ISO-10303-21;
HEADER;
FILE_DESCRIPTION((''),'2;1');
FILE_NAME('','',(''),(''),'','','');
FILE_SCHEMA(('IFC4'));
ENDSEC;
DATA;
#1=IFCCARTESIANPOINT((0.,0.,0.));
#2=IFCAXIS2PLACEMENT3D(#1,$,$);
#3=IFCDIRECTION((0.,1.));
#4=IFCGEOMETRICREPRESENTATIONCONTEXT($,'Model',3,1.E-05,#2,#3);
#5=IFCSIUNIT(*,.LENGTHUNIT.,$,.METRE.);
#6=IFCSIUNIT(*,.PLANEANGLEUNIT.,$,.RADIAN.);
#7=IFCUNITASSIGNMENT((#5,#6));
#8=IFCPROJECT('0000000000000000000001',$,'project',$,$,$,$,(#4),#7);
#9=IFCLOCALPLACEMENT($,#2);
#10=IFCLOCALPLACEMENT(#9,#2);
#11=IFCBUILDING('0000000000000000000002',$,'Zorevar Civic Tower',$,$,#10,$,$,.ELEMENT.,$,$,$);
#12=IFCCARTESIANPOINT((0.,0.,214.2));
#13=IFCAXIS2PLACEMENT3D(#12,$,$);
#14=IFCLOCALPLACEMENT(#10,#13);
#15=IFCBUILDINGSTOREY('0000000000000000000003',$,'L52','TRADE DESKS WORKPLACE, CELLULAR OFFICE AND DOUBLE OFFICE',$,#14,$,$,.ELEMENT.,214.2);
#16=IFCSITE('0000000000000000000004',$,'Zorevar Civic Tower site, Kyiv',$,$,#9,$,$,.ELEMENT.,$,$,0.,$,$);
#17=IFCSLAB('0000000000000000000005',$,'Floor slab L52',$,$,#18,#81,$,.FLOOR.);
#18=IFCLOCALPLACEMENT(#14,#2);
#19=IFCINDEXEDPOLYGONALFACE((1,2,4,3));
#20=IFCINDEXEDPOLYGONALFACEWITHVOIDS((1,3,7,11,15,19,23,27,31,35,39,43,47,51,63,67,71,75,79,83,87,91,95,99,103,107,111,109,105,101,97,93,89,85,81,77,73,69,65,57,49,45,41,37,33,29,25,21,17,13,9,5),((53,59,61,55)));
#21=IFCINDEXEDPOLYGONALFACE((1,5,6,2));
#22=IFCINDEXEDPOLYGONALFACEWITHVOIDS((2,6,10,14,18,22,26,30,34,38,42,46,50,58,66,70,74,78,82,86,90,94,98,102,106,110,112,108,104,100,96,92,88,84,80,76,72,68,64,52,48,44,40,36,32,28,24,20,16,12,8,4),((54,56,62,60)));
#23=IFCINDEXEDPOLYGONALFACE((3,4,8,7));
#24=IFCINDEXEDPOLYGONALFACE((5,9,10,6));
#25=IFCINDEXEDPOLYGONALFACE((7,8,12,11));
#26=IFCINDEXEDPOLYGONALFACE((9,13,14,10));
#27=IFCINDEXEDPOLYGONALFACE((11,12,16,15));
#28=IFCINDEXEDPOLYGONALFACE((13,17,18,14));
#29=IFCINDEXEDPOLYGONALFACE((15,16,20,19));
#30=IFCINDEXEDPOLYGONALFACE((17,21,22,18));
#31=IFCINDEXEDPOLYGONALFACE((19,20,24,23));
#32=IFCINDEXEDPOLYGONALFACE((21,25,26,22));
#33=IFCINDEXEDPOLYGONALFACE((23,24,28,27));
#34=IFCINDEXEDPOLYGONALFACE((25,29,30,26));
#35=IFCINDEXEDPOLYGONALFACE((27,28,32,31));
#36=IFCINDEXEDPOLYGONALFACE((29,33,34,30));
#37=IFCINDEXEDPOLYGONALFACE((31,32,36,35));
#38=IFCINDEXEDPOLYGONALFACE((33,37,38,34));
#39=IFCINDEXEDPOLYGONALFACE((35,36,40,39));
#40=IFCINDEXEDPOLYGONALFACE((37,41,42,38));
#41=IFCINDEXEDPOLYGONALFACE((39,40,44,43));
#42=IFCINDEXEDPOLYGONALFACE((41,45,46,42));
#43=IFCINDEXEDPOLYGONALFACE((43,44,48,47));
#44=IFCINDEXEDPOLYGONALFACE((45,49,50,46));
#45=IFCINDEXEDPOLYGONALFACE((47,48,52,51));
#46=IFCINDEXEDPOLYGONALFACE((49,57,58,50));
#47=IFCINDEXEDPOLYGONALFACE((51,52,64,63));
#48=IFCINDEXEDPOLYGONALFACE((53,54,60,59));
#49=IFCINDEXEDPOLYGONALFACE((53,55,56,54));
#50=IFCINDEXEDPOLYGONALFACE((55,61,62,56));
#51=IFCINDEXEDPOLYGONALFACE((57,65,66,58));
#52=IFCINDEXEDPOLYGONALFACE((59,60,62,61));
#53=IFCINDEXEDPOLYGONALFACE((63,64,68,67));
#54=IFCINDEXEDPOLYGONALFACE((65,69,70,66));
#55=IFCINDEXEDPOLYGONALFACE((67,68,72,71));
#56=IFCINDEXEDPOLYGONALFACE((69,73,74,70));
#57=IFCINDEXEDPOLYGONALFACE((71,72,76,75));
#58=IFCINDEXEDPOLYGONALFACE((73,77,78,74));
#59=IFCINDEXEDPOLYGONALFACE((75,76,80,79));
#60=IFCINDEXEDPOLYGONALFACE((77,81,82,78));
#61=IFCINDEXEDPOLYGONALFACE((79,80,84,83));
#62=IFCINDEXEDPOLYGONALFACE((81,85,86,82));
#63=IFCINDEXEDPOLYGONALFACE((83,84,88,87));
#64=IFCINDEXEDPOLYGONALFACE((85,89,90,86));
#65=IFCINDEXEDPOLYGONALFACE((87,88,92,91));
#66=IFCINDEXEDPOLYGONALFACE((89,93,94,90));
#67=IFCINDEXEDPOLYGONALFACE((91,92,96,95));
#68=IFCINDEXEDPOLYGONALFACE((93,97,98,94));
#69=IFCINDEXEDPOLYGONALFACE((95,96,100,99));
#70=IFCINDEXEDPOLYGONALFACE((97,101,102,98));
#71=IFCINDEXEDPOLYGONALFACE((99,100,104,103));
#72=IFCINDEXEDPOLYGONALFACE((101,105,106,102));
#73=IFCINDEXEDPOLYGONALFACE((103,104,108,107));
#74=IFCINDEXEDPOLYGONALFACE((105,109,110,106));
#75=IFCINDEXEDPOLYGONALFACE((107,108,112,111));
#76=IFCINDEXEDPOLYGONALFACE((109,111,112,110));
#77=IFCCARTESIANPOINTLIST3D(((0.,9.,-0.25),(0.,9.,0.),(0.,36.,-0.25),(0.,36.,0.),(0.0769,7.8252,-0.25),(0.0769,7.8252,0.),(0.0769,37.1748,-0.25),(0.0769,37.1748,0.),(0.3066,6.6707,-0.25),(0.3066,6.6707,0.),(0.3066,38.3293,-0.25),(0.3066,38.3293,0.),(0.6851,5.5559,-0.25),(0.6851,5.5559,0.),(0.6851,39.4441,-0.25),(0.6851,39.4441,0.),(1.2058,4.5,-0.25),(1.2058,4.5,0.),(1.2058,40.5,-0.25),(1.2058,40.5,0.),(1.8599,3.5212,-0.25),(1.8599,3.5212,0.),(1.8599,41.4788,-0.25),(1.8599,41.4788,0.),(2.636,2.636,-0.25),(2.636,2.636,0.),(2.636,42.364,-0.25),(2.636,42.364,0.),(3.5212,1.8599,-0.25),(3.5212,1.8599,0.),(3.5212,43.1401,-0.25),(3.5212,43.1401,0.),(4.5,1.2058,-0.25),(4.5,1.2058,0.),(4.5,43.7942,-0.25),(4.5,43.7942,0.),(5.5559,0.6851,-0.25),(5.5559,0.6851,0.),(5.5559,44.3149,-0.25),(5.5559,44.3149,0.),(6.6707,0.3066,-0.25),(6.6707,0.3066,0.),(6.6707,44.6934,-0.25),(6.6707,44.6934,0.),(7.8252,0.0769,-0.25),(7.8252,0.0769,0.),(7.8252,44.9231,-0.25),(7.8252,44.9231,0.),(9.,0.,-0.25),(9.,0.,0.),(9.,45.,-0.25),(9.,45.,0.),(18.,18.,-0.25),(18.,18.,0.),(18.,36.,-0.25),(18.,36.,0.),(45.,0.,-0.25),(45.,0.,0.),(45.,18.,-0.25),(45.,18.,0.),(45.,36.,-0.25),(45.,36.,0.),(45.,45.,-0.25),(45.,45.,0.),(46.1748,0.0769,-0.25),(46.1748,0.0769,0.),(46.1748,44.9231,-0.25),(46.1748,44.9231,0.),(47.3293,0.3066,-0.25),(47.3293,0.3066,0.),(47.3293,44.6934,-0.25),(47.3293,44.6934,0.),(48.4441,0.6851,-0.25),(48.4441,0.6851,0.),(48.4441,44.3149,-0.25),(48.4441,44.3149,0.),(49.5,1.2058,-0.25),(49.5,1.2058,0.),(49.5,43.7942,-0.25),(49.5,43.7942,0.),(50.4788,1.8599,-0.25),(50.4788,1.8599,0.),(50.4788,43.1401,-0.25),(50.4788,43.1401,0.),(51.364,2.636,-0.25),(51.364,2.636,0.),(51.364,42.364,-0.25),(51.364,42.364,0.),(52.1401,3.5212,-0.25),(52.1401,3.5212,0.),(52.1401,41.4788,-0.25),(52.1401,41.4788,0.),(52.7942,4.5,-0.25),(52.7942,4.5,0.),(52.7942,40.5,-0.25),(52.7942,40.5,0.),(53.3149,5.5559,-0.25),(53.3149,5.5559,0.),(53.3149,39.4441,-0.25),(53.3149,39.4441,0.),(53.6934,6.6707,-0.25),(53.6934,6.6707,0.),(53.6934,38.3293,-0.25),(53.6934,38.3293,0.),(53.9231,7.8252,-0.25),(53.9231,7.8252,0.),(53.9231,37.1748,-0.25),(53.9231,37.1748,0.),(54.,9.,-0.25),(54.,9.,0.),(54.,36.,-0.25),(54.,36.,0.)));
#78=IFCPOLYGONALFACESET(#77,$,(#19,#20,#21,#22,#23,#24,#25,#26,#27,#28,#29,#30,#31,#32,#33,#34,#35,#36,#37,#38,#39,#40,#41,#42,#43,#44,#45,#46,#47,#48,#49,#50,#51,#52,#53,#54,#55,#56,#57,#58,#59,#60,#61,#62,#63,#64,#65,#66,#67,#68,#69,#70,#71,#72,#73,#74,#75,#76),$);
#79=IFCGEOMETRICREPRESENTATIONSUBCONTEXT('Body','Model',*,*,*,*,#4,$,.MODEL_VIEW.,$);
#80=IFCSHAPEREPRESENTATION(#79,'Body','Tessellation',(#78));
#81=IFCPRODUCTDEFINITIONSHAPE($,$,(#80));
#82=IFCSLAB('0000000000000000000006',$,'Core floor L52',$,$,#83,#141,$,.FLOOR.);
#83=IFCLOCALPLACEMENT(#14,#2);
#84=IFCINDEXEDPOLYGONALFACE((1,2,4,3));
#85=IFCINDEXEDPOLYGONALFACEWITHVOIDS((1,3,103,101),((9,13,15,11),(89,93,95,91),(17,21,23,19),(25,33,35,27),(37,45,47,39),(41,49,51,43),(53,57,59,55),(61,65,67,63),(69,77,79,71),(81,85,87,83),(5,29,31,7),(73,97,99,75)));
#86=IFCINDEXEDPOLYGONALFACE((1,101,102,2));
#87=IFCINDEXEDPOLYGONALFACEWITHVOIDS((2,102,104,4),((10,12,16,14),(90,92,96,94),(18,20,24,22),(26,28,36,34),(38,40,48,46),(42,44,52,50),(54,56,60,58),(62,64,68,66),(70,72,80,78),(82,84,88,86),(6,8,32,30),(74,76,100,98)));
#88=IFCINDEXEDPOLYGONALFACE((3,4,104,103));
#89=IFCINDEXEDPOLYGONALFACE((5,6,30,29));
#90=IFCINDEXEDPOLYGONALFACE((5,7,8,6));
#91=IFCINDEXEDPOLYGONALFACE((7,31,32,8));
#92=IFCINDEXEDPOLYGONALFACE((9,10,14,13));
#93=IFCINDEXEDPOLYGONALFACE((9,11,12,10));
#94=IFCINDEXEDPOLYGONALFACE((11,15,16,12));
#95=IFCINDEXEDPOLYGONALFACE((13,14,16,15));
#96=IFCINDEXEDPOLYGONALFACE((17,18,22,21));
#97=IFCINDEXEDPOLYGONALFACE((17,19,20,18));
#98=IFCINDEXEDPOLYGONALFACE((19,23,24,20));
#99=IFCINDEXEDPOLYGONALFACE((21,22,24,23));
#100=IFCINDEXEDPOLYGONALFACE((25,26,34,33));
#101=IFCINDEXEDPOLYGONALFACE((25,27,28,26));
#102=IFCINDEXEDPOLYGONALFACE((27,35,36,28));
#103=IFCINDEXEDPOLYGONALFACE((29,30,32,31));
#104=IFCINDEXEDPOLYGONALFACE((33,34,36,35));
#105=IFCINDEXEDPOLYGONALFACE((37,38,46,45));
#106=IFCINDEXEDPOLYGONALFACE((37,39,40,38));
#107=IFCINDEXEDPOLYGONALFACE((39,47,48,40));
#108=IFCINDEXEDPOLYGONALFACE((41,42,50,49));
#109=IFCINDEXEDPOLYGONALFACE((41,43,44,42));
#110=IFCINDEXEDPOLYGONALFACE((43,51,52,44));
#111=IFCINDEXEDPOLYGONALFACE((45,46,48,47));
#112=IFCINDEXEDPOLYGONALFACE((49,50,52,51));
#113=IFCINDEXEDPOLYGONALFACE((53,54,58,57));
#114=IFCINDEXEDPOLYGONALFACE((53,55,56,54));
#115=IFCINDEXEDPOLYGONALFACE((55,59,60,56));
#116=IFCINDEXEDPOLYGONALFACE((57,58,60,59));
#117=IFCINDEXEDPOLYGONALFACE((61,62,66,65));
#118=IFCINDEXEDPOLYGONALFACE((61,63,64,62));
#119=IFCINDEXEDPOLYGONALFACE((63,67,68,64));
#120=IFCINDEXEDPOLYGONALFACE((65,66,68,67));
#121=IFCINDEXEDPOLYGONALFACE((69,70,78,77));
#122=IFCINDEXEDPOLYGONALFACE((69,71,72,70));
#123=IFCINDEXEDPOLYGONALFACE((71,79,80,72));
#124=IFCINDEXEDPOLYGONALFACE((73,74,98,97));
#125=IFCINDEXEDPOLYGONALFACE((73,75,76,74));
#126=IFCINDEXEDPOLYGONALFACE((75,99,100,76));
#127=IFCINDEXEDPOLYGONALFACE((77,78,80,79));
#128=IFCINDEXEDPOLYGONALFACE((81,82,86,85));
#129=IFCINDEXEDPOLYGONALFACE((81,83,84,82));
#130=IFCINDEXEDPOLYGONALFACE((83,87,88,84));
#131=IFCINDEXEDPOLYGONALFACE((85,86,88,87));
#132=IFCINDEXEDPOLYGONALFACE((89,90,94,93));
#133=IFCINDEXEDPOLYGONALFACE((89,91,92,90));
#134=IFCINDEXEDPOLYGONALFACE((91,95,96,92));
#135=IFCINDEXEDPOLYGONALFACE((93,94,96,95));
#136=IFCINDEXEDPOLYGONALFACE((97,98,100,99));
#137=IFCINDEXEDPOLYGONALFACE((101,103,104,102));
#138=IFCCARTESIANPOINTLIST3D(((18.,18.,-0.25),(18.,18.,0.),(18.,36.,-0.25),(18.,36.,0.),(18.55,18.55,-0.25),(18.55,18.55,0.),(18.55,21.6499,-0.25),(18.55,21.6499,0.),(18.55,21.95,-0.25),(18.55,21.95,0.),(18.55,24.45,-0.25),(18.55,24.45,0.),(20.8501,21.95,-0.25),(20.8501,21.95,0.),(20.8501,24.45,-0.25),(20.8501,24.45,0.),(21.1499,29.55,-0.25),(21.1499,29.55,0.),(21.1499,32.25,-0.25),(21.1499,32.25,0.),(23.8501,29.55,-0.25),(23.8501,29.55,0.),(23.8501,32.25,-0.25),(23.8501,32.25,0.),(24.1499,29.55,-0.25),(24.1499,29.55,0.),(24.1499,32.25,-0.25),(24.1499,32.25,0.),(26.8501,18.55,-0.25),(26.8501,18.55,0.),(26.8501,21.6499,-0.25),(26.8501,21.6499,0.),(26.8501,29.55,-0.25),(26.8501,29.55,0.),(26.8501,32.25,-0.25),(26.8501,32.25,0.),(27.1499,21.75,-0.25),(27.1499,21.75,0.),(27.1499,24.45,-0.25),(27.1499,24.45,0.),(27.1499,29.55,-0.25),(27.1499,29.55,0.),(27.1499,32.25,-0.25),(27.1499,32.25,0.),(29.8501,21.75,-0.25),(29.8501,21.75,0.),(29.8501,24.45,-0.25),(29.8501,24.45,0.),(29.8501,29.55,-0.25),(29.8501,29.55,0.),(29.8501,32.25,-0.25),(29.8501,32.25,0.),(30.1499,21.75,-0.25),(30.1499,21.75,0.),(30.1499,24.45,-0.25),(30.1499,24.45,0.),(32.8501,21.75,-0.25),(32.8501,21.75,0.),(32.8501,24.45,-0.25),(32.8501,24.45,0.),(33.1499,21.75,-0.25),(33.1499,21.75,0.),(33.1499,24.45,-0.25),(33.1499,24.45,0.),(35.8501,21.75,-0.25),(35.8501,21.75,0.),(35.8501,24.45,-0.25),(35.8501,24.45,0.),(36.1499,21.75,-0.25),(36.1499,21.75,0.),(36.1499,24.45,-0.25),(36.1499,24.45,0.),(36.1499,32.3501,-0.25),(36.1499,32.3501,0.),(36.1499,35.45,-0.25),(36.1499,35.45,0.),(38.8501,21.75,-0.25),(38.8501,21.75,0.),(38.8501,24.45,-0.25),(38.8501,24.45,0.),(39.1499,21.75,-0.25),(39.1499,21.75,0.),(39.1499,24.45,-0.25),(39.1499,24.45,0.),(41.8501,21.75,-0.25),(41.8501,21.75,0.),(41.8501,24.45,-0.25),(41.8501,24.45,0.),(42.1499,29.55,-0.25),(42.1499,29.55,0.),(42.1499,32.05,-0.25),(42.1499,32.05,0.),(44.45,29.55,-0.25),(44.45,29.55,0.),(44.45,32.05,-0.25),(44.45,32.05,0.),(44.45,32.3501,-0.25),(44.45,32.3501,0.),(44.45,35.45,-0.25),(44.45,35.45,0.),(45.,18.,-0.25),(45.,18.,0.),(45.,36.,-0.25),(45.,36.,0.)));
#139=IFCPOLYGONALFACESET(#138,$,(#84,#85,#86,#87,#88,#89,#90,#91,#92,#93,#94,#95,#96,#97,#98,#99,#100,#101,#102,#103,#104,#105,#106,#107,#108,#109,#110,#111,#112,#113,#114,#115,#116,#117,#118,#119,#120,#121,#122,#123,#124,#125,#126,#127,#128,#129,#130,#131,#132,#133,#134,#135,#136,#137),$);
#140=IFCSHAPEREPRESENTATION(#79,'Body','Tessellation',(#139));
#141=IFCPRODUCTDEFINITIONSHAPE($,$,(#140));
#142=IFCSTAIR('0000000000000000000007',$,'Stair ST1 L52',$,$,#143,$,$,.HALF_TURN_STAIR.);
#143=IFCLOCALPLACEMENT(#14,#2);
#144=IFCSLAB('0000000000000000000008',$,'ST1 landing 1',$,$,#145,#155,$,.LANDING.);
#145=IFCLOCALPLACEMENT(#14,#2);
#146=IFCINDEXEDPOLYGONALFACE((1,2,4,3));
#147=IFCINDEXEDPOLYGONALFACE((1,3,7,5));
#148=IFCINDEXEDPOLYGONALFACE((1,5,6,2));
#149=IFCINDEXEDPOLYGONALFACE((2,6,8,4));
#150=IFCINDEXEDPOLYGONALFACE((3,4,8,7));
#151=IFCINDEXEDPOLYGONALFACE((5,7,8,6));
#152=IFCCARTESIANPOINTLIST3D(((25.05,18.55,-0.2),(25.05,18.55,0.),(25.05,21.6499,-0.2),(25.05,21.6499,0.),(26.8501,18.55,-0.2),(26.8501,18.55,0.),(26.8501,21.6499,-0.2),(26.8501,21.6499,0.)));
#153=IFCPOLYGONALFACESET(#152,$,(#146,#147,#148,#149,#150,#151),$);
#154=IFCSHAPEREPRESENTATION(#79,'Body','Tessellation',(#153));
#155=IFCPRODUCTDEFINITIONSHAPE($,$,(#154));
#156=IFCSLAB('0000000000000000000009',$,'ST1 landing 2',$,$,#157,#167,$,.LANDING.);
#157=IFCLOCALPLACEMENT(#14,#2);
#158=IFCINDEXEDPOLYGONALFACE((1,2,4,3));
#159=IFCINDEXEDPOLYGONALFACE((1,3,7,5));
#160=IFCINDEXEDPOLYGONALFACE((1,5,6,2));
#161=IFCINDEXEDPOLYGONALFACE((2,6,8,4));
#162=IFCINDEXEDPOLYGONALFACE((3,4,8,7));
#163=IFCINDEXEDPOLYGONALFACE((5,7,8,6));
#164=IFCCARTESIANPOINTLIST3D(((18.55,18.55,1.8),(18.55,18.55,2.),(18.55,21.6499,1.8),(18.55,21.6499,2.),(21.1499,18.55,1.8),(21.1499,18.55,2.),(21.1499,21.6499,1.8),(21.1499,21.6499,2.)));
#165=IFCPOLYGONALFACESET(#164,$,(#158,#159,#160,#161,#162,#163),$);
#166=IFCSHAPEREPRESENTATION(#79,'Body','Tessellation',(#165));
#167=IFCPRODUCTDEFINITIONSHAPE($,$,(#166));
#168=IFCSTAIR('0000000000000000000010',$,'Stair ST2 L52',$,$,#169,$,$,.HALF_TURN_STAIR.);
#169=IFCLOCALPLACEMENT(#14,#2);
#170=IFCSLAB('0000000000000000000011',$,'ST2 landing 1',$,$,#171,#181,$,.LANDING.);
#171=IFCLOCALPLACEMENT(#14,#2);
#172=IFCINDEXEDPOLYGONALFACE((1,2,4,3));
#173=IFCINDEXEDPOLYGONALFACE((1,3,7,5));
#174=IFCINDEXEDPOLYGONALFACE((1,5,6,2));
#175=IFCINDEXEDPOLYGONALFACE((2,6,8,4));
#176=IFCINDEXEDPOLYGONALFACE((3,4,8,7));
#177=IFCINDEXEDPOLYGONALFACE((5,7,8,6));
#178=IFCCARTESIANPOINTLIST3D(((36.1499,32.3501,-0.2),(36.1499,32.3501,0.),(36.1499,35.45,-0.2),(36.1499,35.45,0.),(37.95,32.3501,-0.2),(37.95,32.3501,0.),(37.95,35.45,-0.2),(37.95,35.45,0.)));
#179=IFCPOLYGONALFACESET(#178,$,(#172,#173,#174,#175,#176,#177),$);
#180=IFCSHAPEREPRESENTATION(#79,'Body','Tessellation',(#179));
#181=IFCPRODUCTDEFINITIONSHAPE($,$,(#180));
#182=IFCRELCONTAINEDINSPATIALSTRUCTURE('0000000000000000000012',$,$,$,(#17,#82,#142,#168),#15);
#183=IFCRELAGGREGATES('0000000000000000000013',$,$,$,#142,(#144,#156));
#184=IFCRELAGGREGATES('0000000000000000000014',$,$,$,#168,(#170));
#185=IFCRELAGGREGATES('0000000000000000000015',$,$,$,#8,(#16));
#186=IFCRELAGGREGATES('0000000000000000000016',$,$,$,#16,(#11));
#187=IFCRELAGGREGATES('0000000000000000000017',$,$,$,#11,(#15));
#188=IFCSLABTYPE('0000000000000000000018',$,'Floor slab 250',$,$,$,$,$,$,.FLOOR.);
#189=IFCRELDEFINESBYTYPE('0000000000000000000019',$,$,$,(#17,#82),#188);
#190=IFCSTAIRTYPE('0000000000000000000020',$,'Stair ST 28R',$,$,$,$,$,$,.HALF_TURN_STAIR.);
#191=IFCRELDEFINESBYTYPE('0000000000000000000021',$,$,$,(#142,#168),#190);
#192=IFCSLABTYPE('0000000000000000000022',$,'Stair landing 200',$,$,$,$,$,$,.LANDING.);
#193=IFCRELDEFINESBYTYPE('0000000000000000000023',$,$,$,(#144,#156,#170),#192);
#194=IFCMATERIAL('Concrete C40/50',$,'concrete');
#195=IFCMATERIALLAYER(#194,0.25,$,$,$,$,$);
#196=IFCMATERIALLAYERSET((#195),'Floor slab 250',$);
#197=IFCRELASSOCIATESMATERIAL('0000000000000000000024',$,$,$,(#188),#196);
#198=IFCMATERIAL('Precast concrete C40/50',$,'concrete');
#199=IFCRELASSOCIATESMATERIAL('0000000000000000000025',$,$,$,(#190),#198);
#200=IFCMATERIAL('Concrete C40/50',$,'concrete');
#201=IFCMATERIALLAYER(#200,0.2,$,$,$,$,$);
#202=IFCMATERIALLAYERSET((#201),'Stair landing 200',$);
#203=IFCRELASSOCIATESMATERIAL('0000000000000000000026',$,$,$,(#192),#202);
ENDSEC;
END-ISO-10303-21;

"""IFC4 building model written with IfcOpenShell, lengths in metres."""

from ifc_helpers import new_model, si_unit, direction, frame, origin, place, context, subcontext, project, spatial, polyline, outline, extrude, material, layer, layer_set, type_object, element, aggregate, save


model = new_model("IFC4")

# Units and contexts
model_context = context("Model", 3, precision=1e-05, world=origin(), true_north=direction((0.0, 1.0)))
body_context = subcontext(model_context, "Body", "Model", "MODEL_VIEW")
ifc_project = project(units=[si_unit("LENGTHUNIT", "METRE"), si_unit("PLANEANGLEUNIT", "RADIAN")], contexts=[model_context])

# Site, building, storey
site_placement = place(None, origin())
site = spatial("IfcSite", under=ifc_project, at=site_placement, Name="Zorevar Civic Tower site, Kyiv", CompositionType="ELEMENT", RefElevation=0.0)
building_placement = place(site_placement, origin())
building = spatial("IfcBuilding", under=site, at=building_placement, Name="Zorevar Civic Tower", CompositionType="ELEMENT")
storey_placement = place(building_placement, frame((0.0, 0.0, 214.2)))
storey = spatial("IfcBuildingStorey", under=building, at=storey_placement, Name="L52", Description="TRADE DESKS WORKPLACE, CELLULAR OFFICE AND DOUBLE OFFICE", CompositionType="ELEMENT", Elevation=214.2)

# Slabs
ifc_material_1 = material(Name="Concrete C40/50", Category="concrete")
ifc_layer_1 = layer(ifc_material_1, 0.25)
ifc_layer_set_1 = layer_set([ifc_layer_1], Name="Floor slab 250")
slab_type_1 = type_object("IfcSlabType", Name="Floor slab 250", PredefinedType="FLOOR", material=ifc_layer_set_1)
slab_1_placement = place(storey_placement, frame((0.0, 0.0, -0.25)))
element("IfcSlab", 1, at=slab_1_placement, inside=storey, type_object=slab_type_1, Name="Floor slab L52", PredefinedType="FLOOR", context=body_context, shape_type="SweptSolid", body=[
    extrude(outline(polyline([(45.0, 0.0), (46.1748, 0.0769), (47.3293, 0.3066), (48.4441, 0.6851), (49.5, 1.2058), (50.4788, 1.8599), (51.364, 2.636), (52.1401, 3.5212), (52.7942, 4.5), (53.3149, 5.5559), (53.6934, 6.6707), (53.9231, 7.8252), (54.0, 9.0), (54.0, 36.0), (53.9231, 37.1748), (53.6934, 38.3293), (53.3149, 39.4441), (52.7942, 40.5), (52.1401, 41.4788), (51.364, 42.364), (50.4788, 43.1401), (49.5, 43.7942), (48.4441, 44.3149), (47.3293, 44.6934), (46.1748, 44.9231), (45.0, 45.0), (9.0, 45.0), (7.8252, 44.9231), (6.6707, 44.6934), (5.5559, 44.3149), (4.5, 43.7942), (3.5212, 43.1401), (2.636, 42.364), (1.8599, 41.4788), (1.2058, 40.5), (0.6851, 39.4441), (0.3066, 38.3293), (0.0769, 37.1748), (0.0, 36.0), (0.0, 9.0), (0.0769, 7.8252), (0.3066, 6.6707), (0.6851, 5.5559), (1.2058, 4.5), (1.8599, 3.5212), (2.636, 2.636), (3.5212, 1.8599), (4.5, 1.2058), (5.5559, 0.6851), (6.6707, 0.3066), (7.8252, 0.0769), (9.0, 0.0), (45.0, 0.0)]), holes=[polyline([(18.0, 18.0), (45.0, 18.0), (45.0, 36.0), (18.0, 36.0), (18.0, 18.0)])]), origin(), (0.0, 0.0, 1.0), 0.25),
])
slab_2_placement = place(storey_placement, frame((0.0, 0.0, -0.25)))
element("IfcSlab", 2, at=slab_2_placement, inside=storey, type_object=slab_type_1, Name="Core floor L52", PredefinedType="FLOOR", context=body_context, shape_type="SweptSolid", body=[
    extrude(outline(polyline([(18.0, 18.0), (45.0, 18.0), (45.0, 36.0), (18.0, 36.0), (18.0, 18.0)]), holes=[polyline([(18.55, 18.55), (26.8501, 18.55), (26.8501, 21.6499), (18.55, 21.6499), (18.55, 18.55)]), polyline([(36.1499, 32.3501), (44.45, 32.3501), (44.45, 35.45), (36.1499, 35.45), (36.1499, 32.3501)]), polyline([(18.55, 21.95), (20.8501, 21.95), (20.8501, 24.45), (18.55, 24.45), (18.55, 21.95)]), polyline([(42.1499, 29.55), (44.45, 29.55), (44.45, 32.05), (42.1499, 32.05), (42.1499, 29.55)]), polyline([(27.1499, 21.75), (29.8501, 21.75), (29.8501, 24.45), (27.1499, 24.45), (27.1499, 21.75)]), polyline([(30.1499, 21.75), (32.8501, 21.75), (32.8501, 24.45), (30.1499, 24.45), (30.1499, 21.75)]), polyline([(33.1499, 21.75), (35.8501, 21.75), (35.8501, 24.45), (33.1499, 24.45), (33.1499, 21.75)]), polyline([(27.1499, 29.55), (29.8501, 29.55), (29.8501, 32.25), (27.1499, 32.25), (27.1499, 29.55)]), polyline([(36.1499, 21.75), (38.8501, 21.75), (38.8501, 24.45), (36.1499, 24.45), (36.1499, 21.75)]), polyline([(24.1499, 29.55), (26.8501, 29.55), (26.8501, 32.25), (24.1499, 32.25), (24.1499, 29.55)]), polyline([(39.1499, 21.75), (41.8501, 21.75), (41.8501, 24.45), (39.1499, 24.45), (39.1499, 21.75)]), polyline([(21.1499, 29.55), (23.8501, 29.55), (23.8501, 32.25), (21.1499, 32.25), (21.1499, 29.55)])]), origin(), (0.0, 0.0, 1.0), 0.25),
])

# Stairs, slabs
ifc_material_2 = material(Name="Precast concrete C40/50", Category="concrete")
stair_type = type_object("IfcStairType", Name="Stair ST 28R", PredefinedType="HALF_TURN_STAIR", material=ifc_material_2)
stair_1_placement = place(storey_placement, origin())
stair_1 = element("IfcStair", 3, at=stair_1_placement, inside=storey, type_object=stair_type, Name="Stair ST1 L52", PredefinedType="HALF_TURN_STAIR")
ifc_material_3 = material(Name="Concrete C40/50", Category="concrete")
ifc_layer_2 = layer(ifc_material_3, 0.2)
ifc_layer_set_2 = layer_set([ifc_layer_2], Name="Stair landing 200")
slab_type_2 = type_object("IfcSlabType", Name="Stair landing 200", PredefinedType="LANDING", material=ifc_layer_set_2)
slab_3_placement = place(storey_placement, frame((0.0, 0.0, -0.2)))
slab_3 = element("IfcSlab", 4, at=slab_3_placement, type_object=slab_type_2, Name="ST1 landing 1", PredefinedType="LANDING", context=body_context, shape_type="SweptSolid", body=[
    extrude(outline(polyline([(25.05, 18.55), (26.8501, 18.55), (26.8501, 21.6499), (25.05, 21.6499), (25.05, 18.55)])), origin(), (0.0, 0.0, 1.0), 0.2),
])
slab_4_placement = place(storey_placement, frame((0.0, 0.0, 1.8)))
slab_4 = element("IfcSlab", 5, at=slab_4_placement, type_object=slab_type_2, Name="ST1 landing 2", PredefinedType="LANDING", context=body_context, shape_type="SweptSolid", body=[
    extrude(outline(polyline([(18.55, 18.55), (21.1499, 18.55), (21.1499, 21.6499), (18.55, 21.6499), (18.55, 18.55)])), origin(), (0.0, 0.0, 1.0), 0.2),
])
aggregate(stair_1, [slab_3, slab_4])
stair_2_placement = place(storey_placement, origin())
stair_2 = element("IfcStair", 6, at=stair_2_placement, inside=storey, type_object=stair_type, Name="Stair ST2 L52", PredefinedType="HALF_TURN_STAIR")
slab_5_placement = place(storey_placement, frame((0.0, 0.0, -0.2)))
slab_5 = element("IfcSlab", 7, at=slab_5_placement, type_object=slab_type_2, Name="ST2 landing 1", PredefinedType="LANDING", context=body_context, shape_type="SweptSolid", body=[
    extrude(outline(polyline([(37.95, 32.3501), (36.1499, 32.3501), (36.1499, 35.45), (37.95, 35.45), (37.95, 32.3501)])), origin(), (0.0, 0.0, 1.0), 0.2),
])
aggregate(stair_2, [slab_5])

save(model, "model.ifc")
